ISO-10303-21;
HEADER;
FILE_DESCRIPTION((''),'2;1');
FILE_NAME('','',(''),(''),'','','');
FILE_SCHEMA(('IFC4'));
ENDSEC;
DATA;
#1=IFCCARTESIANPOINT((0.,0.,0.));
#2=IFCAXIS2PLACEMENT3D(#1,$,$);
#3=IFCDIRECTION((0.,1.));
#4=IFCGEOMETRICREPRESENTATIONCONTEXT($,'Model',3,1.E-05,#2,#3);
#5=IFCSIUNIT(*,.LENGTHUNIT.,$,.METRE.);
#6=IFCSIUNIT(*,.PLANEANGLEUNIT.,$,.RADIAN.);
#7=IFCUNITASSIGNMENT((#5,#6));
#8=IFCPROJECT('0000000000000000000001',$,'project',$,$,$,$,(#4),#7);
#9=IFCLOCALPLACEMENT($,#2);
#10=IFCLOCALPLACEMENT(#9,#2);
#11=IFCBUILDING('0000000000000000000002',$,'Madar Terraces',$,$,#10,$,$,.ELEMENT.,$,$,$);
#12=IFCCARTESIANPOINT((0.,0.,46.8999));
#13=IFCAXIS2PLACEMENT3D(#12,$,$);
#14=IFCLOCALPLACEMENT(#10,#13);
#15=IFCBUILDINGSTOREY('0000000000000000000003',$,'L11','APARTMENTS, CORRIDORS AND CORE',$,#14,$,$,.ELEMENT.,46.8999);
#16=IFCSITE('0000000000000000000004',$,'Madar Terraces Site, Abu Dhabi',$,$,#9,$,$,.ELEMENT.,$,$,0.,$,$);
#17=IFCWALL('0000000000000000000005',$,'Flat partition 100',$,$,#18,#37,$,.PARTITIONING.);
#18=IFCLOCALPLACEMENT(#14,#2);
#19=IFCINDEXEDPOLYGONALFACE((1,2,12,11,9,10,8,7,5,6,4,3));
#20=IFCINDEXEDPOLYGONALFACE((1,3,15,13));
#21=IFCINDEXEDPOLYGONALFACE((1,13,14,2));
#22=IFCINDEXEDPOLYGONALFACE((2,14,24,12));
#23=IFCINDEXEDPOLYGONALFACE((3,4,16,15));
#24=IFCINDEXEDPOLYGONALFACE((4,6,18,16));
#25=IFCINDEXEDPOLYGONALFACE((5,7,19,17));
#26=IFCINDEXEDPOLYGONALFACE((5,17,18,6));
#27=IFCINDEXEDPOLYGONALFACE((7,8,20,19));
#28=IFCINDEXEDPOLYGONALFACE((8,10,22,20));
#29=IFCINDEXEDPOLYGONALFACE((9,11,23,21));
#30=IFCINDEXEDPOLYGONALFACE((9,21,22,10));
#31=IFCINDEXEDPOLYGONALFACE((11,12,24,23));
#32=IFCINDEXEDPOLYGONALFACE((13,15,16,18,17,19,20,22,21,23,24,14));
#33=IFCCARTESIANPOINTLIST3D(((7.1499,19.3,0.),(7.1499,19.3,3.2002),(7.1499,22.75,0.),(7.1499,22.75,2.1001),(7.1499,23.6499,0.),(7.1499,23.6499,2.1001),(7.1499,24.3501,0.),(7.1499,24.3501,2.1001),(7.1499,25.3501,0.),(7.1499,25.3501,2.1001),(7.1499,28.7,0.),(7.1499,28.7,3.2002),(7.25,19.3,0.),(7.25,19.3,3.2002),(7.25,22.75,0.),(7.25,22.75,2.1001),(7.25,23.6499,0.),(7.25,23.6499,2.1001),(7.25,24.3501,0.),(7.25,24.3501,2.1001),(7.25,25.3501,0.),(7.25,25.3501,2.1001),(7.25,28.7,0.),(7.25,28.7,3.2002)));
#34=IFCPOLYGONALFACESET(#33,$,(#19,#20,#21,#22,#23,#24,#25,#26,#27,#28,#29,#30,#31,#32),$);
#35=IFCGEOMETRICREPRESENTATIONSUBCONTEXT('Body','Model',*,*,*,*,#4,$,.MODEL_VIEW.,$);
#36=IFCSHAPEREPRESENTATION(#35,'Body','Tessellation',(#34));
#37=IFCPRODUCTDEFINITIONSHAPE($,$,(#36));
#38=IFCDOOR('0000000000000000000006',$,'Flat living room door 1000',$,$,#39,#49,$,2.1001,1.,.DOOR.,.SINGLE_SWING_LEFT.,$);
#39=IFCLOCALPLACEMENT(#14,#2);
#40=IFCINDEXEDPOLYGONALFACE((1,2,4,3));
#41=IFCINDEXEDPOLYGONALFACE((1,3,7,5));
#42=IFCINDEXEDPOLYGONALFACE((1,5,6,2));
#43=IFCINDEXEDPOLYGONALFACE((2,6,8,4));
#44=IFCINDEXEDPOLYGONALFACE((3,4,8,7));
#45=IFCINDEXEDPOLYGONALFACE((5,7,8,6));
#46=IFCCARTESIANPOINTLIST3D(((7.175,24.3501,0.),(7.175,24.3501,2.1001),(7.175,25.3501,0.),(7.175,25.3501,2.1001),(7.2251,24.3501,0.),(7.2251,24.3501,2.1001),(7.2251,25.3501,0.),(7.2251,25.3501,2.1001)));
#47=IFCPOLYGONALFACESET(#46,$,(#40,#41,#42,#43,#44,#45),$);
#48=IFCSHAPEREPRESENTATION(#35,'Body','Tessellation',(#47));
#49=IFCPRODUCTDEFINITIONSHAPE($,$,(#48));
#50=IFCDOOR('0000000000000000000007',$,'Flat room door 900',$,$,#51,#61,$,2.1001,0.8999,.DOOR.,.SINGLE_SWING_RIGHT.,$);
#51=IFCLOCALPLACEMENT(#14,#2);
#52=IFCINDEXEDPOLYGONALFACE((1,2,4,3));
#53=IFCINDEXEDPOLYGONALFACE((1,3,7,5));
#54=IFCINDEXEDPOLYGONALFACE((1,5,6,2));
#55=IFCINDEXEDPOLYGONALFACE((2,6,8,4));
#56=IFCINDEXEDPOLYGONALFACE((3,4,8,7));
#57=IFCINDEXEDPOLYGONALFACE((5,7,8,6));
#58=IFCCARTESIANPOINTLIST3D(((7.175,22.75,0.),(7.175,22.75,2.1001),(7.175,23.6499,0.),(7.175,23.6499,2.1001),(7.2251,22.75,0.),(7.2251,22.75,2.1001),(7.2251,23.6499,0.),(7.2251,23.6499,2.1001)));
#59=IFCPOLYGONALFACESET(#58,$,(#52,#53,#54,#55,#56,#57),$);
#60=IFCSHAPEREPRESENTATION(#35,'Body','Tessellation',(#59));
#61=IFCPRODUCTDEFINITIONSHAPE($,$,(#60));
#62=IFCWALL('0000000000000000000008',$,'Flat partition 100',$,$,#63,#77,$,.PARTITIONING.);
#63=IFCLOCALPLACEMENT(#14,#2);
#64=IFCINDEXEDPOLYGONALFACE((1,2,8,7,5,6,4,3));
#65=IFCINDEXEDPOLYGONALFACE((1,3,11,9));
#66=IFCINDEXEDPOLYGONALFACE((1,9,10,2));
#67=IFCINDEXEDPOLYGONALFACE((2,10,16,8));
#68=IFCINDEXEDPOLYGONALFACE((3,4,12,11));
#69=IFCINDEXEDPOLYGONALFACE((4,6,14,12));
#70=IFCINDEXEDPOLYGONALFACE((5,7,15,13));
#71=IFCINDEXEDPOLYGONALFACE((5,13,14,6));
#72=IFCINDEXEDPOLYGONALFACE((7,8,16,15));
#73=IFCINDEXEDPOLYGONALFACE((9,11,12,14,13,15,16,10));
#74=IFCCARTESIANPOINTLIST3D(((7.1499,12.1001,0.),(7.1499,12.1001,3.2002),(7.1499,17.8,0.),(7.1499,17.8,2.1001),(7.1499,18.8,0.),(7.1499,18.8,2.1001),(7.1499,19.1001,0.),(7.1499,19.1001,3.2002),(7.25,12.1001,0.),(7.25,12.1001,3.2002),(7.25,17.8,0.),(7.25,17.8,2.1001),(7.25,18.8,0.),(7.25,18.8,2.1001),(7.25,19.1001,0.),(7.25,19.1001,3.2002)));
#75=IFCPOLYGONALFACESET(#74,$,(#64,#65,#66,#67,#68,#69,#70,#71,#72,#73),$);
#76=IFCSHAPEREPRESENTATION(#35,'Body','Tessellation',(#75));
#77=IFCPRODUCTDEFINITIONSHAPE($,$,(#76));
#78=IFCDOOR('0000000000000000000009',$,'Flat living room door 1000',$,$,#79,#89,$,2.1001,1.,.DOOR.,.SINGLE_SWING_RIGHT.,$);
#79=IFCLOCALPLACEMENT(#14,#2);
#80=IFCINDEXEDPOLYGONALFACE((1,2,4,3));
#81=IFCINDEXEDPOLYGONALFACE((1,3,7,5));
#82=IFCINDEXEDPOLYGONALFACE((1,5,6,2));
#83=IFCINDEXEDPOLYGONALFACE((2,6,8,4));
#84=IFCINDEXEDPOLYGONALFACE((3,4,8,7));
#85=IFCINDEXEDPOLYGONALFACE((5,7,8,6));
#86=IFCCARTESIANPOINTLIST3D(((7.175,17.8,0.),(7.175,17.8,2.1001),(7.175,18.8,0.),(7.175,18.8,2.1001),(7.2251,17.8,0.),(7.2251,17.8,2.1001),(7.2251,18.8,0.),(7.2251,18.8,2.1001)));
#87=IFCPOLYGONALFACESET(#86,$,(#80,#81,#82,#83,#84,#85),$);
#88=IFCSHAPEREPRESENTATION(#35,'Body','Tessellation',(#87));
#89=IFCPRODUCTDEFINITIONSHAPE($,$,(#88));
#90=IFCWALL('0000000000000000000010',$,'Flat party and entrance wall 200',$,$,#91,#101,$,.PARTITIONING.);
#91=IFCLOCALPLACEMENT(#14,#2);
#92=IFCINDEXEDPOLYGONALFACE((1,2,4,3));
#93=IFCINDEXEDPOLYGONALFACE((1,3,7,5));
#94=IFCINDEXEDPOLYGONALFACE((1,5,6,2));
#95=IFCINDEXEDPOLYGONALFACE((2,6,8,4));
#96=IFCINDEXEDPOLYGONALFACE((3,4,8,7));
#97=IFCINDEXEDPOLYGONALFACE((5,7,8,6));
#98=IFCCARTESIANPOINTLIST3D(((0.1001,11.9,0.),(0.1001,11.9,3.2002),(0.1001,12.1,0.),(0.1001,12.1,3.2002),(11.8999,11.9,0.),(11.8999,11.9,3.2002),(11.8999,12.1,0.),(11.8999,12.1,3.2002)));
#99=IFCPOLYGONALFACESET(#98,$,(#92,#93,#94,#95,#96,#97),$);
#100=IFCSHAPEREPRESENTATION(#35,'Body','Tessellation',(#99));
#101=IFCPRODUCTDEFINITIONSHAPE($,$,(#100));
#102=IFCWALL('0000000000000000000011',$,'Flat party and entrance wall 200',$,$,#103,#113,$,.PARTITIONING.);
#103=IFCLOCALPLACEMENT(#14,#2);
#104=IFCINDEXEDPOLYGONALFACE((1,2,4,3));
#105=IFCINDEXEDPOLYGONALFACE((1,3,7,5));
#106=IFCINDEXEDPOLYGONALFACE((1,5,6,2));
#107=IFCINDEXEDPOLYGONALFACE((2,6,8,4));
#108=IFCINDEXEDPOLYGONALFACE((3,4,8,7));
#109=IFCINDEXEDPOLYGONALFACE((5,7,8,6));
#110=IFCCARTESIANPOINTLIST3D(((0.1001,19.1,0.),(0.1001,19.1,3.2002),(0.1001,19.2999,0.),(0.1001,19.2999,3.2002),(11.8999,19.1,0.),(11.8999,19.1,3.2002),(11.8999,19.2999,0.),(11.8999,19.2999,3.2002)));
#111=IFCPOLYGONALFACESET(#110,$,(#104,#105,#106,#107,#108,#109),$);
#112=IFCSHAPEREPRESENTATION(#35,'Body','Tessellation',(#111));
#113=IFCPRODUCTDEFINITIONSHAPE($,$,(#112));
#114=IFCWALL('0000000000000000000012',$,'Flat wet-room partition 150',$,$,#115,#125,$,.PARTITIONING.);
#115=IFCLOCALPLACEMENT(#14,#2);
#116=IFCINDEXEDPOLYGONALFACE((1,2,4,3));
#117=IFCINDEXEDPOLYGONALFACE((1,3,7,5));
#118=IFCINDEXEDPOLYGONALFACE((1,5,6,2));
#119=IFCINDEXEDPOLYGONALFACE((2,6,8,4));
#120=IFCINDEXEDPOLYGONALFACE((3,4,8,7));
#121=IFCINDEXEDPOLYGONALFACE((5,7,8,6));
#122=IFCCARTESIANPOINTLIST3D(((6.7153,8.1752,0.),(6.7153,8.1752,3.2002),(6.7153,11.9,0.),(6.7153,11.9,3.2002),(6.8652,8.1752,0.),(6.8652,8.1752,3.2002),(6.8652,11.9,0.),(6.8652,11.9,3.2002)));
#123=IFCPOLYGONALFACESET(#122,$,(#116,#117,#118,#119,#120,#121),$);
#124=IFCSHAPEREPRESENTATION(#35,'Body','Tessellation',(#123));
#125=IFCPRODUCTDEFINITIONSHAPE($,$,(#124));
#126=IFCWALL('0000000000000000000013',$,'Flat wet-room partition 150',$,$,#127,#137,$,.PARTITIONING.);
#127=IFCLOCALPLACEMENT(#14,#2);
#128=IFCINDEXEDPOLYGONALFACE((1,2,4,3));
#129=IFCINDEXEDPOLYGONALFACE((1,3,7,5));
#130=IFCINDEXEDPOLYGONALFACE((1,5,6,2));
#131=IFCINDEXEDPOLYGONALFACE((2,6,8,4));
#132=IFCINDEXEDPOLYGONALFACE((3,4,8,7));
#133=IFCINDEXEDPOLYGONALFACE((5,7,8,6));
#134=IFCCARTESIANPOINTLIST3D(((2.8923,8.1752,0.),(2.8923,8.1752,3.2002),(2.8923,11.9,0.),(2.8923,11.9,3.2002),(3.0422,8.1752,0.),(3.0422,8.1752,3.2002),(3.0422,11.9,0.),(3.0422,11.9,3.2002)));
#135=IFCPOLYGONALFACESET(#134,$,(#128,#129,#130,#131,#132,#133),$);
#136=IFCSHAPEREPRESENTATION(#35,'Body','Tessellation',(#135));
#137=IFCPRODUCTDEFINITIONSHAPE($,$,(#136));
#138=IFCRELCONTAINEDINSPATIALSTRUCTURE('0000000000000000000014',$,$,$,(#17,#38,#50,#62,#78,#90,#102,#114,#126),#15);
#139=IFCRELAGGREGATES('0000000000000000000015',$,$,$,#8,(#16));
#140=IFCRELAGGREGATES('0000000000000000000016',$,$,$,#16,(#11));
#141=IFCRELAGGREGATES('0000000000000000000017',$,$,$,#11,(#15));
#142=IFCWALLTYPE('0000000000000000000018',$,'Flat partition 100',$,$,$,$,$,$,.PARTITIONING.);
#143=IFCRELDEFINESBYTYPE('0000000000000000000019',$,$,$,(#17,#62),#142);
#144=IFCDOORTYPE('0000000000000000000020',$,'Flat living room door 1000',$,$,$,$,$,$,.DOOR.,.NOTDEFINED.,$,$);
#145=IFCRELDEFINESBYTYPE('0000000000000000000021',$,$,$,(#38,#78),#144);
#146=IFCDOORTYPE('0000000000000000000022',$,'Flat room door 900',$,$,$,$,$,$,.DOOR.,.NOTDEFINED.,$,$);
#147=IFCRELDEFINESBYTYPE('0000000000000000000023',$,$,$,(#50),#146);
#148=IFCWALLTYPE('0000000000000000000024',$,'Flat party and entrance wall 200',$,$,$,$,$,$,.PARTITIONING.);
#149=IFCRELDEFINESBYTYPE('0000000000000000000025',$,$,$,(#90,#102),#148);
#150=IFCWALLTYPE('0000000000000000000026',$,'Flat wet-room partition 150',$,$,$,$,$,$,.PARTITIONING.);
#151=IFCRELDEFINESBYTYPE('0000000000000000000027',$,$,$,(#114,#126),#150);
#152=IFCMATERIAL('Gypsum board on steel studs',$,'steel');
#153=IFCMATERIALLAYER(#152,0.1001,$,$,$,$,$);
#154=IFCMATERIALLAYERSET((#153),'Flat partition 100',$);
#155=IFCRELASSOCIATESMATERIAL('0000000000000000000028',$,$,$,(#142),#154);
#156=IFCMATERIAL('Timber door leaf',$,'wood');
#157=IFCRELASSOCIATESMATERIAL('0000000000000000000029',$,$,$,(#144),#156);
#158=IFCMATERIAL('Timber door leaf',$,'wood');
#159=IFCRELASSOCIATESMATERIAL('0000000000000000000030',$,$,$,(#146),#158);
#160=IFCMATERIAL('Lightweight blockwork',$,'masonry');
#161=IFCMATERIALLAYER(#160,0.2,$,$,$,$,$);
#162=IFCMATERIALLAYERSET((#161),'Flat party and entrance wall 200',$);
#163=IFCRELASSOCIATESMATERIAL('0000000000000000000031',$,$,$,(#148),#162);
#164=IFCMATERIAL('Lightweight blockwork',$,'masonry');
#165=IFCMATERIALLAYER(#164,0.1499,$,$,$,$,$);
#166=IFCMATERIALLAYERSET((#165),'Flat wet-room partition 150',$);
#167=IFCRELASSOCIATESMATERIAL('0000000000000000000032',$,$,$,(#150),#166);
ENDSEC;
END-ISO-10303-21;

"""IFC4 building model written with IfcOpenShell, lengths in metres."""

from ifc_helpers import new_model, si_unit, direction, frame, frame_2d, origin, place, context, subcontext, project, spatial, rectangle, extrude, material, layer, layer_set, type_object, element, fill, save


model = new_model("IFC4")

# Units and contexts
model_context = context("Model", 3, precision=1e-05, world=origin(), true_north=direction((0.0, 1.0)))
body_context = subcontext(model_context, "Body", "Model", "MODEL_VIEW")
ifc_project = project(units=[si_unit("LENGTHUNIT", "METRE"), si_unit("PLANEANGLEUNIT", "RADIAN")], contexts=[model_context])

# Site, building, storey
site_placement = place(None, origin())
site = spatial("IfcSite", under=ifc_project, at=site_placement, Name="Madar Terraces Site, Abu Dhabi", CompositionType="ELEMENT", RefElevation=0.0)
building_placement = place(site_placement, origin())
building = spatial("IfcBuilding", under=site, at=building_placement, Name="Madar Terraces", CompositionType="ELEMENT")
storey_placement = place(building_placement, frame((0.0, 0.0, 46.8999)))
storey = spatial("IfcBuildingStorey", under=building, at=storey_placement, Name="L11", Description="APARTMENTS, CORRIDORS AND CORE", CompositionType="ELEMENT", Elevation=46.8999)

# Shared definitions
ifc_material_1 = material(Name="Gypsum board on steel studs", Category="steel")
ifc_layer_1 = layer(ifc_material_1, 0.1001)
ifc_layer_set_1 = layer_set([ifc_layer_1], Name="Flat partition 100")
wall_type_1 = type_object("IfcWallType", Name="Flat partition 100", PredefinedType="PARTITIONING", material=ifc_layer_set_1)

# Wall, openings, doors
wall_1_placement = place(storey_placement, frame((7.2, 19.3, 0.0), z_axis=(0.0, 0.0, 1.0), x_axis=(0.0, 1.0, 0.0)))
wall_1 = element("IfcWall", 1, at=wall_1_placement, inside=storey, type_object=wall_type_1, Name="Flat partition 100", PredefinedType="PARTITIONING", context=body_context, shape_type="SweptSolid", body=[
    extrude(rectangle(XDim=9.3999, YDim=0.1001, at=frame_2d((4.7, 0.0))), origin(), (0.0, 0.0, 1.0), 3.2002),
])
opening_1_placement = place(wall_1_placement, frame((5.05, 0.0, 0.0)))
opening_1 = element("IfcOpeningElement", 2, at=opening_1_placement, cuts=wall_1, PredefinedType="OPENING", context=body_context, shape_type="SweptSolid", body=[
    extrude(rectangle(XDim=1.0, YDim=2.1001, at=frame_2d((0.5, 1.05))), frame((0.0, 0.0601, 0.0), z_axis=(0.0, -1.0, 0.0), x_axis=(1.0, 0.0, 0.0)), (0.0, 0.0, 1.0), 0.1201),
])
opening_2_placement = place(wall_1_placement, frame((3.45, 0.0, 0.0)))
opening_2 = element("IfcOpeningElement", 3, at=opening_2_placement, cuts=wall_1, PredefinedType="OPENING", context=body_context, shape_type="SweptSolid", body=[
    extrude(rectangle(XDim=0.8999, YDim=2.1001, at=frame_2d((0.45, 1.05))), frame((0.0, 0.0601, 0.0), z_axis=(0.0, -1.0, 0.0), x_axis=(1.0, 0.0, 0.0)), (0.0, 0.0, 1.0), 0.1201),
])
ifc_material_2 = material(Name="Timber door leaf", Category="wood")
door_type_1 = type_object("IfcDoorType", Name="Flat living room door 1000", OperationType="NOTDEFINED", PredefinedType="DOOR", material=ifc_material_2)
door_1_placement = place(opening_1_placement, origin())
door_1 = element("IfcDoor", 4, at=door_1_placement, inside=storey, type_object=door_type_1, Name="Flat living room door 1000", OperationType="SINGLE_SWING_LEFT", OverallHeight=2.1001, OverallWidth=1.0, PredefinedType="DOOR", context=body_context, shape_type="SweptSolid", body=[
    extrude(rectangle(XDim=1.0, YDim=2.1001, at=frame_2d((0.5, 1.05))), frame((0.0, 0.0249, 0.0), z_axis=(0.0, -1.0, 0.0), x_axis=(1.0, 0.0, 0.0)), (0.0, 0.0, 1.0), 0.05),
])
fill(opening_1, door_1)
ifc_material_3 = material(Name="Timber door leaf", Category="wood")
door_type_2 = type_object("IfcDoorType", Name="Flat room door 900", OperationType="NOTDEFINED", PredefinedType="DOOR", material=ifc_material_3)
door_2_placement = place(opening_2_placement, origin())
door_2 = element("IfcDoor", 5, at=door_2_placement, inside=storey, type_object=door_type_2, Name="Flat room door 900", OperationType="SINGLE_SWING_RIGHT", OverallHeight=2.1001, OverallWidth=0.8999, PredefinedType="DOOR", context=body_context, shape_type="SweptSolid", body=[
    extrude(rectangle(XDim=0.8999, YDim=2.1001, at=frame_2d((0.45, 1.05))), frame((0.0, 0.0249, 0.0), z_axis=(0.0, -1.0, 0.0), x_axis=(1.0, 0.0, 0.0)), (0.0, 0.0, 1.0), 0.05),
])
fill(opening_2, door_2)

# Wall, opening, door
wall_2_placement = place(storey_placement, frame((7.2, 12.1001, 0.0), z_axis=(0.0, 0.0, 1.0), x_axis=(0.0, 1.0, 0.0)))
wall_2 = element("IfcWall", 6, at=wall_2_placement, inside=storey, type_object=wall_type_1, Name="Flat partition 100", PredefinedType="PARTITIONING", context=body_context, shape_type="SweptSolid", body=[
    extrude(rectangle(XDim=7.0, YDim=0.1001, at=frame_2d((3.5, 0.0))), origin(), (0.0, 0.0, 1.0), 3.2002),
])
opening_3_placement = place(wall_2_placement, frame((5.7, 0.0, 0.0)))
opening_3 = element("IfcOpeningElement", 7, at=opening_3_placement, cuts=wall_2, PredefinedType="OPENING", context=body_context, shape_type="SweptSolid", body=[
    extrude(rectangle(XDim=1.0, YDim=2.1001, at=frame_2d((0.5, 1.05))), frame((0.0, 0.0601, 0.0), z_axis=(0.0, -1.0, 0.0), x_axis=(1.0, 0.0, 0.0)), (0.0, 0.0, 1.0), 0.1201),
])
door_3_placement = place(opening_3_placement, origin())
door_3 = element("IfcDoor", 8, at=door_3_placement, inside=storey, type_object=door_type_1, Name="Flat living room door 1000", OperationType="SINGLE_SWING_RIGHT", OverallHeight=2.1001, OverallWidth=1.0, PredefinedType="DOOR", context=body_context, shape_type="SweptSolid", body=[
    extrude(rectangle(XDim=1.0, YDim=2.1001, at=frame_2d((0.5, 1.05))), frame((0.0, 0.0249, 0.0), z_axis=(0.0, -1.0, 0.0), x_axis=(1.0, 0.0, 0.0)), (0.0, 0.0, 1.0), 0.05),
])
fill(opening_3, door_3)

# Walls
ifc_material_4 = material(Name="Lightweight blockwork", Category="masonry")
ifc_layer_2 = layer(ifc_material_4, 0.2)
ifc_layer_set_2 = layer_set([ifc_layer_2], Name="Flat party and entrance wall 200")
wall_type_2 = type_object("IfcWallType", Name="Flat party and entrance wall 200", PredefinedType="PARTITIONING", material=ifc_layer_set_2)
for number, where, z_axis, x_axis, name in (
    (9, (0.1001, 12.0, 0.0), (0.0, 0.0, 1.0), (1.0, 0.0, 0.0), "Flat party and entrance wall 200"),
    (10, (0.1001, 19.2, 0.0), (0.0, 0.0, 1.0), (1.0, 0.0, 0.0), "Flat party and entrance wall 200"),
):
    element("IfcWall", number, at=place(storey_placement, frame(where, z_axis=z_axis, x_axis=x_axis)), inside=storey, type_object=wall_type_2, Name=name, PredefinedType="PARTITIONING", context=body_context, shape_type="SweptSolid", body=[
        extrude(rectangle(XDim=11.7998, YDim=0.2, at=frame_2d((5.8999, 0.0))), origin(), (0.0, 0.0, 1.0), 3.2002),
    ])
ifc_material_5 = material(Name="Lightweight blockwork", Category="masonry")
ifc_layer_3 = layer(ifc_material_5, 0.1499)
ifc_layer_set_3 = layer_set([ifc_layer_3], Name="Flat wet-room partition 150")
wall_type_3 = type_object("IfcWallType", Name="Flat wet-room partition 150", PredefinedType="PARTITIONING", material=ifc_layer_set_3)
for number, where, z_axis, x_axis, name in (
    (11, (6.7903, 11.8999, 0.0), (0.0, 0.0, 1.0), (0.0, -1.0, 0.0), "Flat wet-room partition 150"),
    (12, (2.9673, 11.8999, 0.0), (0.0, 0.0, 1.0), (0.0, -1.0, 0.0), "Flat wet-room partition 150"),
):
    element("IfcWall", number, at=place(storey_placement, frame(where, z_axis=z_axis, x_axis=x_axis)), inside=storey, type_object=wall_type_3, Name=name, PredefinedType="PARTITIONING", context=body_context, shape_type="SweptSolid", body=[
        extrude(rectangle(XDim=3.7249, YDim=0.1499, at=frame_2d((1.8623, 0.0))), origin(), (0.0, 0.0, 1.0), 3.2002),
    ])

save(model, "model.ifc")
